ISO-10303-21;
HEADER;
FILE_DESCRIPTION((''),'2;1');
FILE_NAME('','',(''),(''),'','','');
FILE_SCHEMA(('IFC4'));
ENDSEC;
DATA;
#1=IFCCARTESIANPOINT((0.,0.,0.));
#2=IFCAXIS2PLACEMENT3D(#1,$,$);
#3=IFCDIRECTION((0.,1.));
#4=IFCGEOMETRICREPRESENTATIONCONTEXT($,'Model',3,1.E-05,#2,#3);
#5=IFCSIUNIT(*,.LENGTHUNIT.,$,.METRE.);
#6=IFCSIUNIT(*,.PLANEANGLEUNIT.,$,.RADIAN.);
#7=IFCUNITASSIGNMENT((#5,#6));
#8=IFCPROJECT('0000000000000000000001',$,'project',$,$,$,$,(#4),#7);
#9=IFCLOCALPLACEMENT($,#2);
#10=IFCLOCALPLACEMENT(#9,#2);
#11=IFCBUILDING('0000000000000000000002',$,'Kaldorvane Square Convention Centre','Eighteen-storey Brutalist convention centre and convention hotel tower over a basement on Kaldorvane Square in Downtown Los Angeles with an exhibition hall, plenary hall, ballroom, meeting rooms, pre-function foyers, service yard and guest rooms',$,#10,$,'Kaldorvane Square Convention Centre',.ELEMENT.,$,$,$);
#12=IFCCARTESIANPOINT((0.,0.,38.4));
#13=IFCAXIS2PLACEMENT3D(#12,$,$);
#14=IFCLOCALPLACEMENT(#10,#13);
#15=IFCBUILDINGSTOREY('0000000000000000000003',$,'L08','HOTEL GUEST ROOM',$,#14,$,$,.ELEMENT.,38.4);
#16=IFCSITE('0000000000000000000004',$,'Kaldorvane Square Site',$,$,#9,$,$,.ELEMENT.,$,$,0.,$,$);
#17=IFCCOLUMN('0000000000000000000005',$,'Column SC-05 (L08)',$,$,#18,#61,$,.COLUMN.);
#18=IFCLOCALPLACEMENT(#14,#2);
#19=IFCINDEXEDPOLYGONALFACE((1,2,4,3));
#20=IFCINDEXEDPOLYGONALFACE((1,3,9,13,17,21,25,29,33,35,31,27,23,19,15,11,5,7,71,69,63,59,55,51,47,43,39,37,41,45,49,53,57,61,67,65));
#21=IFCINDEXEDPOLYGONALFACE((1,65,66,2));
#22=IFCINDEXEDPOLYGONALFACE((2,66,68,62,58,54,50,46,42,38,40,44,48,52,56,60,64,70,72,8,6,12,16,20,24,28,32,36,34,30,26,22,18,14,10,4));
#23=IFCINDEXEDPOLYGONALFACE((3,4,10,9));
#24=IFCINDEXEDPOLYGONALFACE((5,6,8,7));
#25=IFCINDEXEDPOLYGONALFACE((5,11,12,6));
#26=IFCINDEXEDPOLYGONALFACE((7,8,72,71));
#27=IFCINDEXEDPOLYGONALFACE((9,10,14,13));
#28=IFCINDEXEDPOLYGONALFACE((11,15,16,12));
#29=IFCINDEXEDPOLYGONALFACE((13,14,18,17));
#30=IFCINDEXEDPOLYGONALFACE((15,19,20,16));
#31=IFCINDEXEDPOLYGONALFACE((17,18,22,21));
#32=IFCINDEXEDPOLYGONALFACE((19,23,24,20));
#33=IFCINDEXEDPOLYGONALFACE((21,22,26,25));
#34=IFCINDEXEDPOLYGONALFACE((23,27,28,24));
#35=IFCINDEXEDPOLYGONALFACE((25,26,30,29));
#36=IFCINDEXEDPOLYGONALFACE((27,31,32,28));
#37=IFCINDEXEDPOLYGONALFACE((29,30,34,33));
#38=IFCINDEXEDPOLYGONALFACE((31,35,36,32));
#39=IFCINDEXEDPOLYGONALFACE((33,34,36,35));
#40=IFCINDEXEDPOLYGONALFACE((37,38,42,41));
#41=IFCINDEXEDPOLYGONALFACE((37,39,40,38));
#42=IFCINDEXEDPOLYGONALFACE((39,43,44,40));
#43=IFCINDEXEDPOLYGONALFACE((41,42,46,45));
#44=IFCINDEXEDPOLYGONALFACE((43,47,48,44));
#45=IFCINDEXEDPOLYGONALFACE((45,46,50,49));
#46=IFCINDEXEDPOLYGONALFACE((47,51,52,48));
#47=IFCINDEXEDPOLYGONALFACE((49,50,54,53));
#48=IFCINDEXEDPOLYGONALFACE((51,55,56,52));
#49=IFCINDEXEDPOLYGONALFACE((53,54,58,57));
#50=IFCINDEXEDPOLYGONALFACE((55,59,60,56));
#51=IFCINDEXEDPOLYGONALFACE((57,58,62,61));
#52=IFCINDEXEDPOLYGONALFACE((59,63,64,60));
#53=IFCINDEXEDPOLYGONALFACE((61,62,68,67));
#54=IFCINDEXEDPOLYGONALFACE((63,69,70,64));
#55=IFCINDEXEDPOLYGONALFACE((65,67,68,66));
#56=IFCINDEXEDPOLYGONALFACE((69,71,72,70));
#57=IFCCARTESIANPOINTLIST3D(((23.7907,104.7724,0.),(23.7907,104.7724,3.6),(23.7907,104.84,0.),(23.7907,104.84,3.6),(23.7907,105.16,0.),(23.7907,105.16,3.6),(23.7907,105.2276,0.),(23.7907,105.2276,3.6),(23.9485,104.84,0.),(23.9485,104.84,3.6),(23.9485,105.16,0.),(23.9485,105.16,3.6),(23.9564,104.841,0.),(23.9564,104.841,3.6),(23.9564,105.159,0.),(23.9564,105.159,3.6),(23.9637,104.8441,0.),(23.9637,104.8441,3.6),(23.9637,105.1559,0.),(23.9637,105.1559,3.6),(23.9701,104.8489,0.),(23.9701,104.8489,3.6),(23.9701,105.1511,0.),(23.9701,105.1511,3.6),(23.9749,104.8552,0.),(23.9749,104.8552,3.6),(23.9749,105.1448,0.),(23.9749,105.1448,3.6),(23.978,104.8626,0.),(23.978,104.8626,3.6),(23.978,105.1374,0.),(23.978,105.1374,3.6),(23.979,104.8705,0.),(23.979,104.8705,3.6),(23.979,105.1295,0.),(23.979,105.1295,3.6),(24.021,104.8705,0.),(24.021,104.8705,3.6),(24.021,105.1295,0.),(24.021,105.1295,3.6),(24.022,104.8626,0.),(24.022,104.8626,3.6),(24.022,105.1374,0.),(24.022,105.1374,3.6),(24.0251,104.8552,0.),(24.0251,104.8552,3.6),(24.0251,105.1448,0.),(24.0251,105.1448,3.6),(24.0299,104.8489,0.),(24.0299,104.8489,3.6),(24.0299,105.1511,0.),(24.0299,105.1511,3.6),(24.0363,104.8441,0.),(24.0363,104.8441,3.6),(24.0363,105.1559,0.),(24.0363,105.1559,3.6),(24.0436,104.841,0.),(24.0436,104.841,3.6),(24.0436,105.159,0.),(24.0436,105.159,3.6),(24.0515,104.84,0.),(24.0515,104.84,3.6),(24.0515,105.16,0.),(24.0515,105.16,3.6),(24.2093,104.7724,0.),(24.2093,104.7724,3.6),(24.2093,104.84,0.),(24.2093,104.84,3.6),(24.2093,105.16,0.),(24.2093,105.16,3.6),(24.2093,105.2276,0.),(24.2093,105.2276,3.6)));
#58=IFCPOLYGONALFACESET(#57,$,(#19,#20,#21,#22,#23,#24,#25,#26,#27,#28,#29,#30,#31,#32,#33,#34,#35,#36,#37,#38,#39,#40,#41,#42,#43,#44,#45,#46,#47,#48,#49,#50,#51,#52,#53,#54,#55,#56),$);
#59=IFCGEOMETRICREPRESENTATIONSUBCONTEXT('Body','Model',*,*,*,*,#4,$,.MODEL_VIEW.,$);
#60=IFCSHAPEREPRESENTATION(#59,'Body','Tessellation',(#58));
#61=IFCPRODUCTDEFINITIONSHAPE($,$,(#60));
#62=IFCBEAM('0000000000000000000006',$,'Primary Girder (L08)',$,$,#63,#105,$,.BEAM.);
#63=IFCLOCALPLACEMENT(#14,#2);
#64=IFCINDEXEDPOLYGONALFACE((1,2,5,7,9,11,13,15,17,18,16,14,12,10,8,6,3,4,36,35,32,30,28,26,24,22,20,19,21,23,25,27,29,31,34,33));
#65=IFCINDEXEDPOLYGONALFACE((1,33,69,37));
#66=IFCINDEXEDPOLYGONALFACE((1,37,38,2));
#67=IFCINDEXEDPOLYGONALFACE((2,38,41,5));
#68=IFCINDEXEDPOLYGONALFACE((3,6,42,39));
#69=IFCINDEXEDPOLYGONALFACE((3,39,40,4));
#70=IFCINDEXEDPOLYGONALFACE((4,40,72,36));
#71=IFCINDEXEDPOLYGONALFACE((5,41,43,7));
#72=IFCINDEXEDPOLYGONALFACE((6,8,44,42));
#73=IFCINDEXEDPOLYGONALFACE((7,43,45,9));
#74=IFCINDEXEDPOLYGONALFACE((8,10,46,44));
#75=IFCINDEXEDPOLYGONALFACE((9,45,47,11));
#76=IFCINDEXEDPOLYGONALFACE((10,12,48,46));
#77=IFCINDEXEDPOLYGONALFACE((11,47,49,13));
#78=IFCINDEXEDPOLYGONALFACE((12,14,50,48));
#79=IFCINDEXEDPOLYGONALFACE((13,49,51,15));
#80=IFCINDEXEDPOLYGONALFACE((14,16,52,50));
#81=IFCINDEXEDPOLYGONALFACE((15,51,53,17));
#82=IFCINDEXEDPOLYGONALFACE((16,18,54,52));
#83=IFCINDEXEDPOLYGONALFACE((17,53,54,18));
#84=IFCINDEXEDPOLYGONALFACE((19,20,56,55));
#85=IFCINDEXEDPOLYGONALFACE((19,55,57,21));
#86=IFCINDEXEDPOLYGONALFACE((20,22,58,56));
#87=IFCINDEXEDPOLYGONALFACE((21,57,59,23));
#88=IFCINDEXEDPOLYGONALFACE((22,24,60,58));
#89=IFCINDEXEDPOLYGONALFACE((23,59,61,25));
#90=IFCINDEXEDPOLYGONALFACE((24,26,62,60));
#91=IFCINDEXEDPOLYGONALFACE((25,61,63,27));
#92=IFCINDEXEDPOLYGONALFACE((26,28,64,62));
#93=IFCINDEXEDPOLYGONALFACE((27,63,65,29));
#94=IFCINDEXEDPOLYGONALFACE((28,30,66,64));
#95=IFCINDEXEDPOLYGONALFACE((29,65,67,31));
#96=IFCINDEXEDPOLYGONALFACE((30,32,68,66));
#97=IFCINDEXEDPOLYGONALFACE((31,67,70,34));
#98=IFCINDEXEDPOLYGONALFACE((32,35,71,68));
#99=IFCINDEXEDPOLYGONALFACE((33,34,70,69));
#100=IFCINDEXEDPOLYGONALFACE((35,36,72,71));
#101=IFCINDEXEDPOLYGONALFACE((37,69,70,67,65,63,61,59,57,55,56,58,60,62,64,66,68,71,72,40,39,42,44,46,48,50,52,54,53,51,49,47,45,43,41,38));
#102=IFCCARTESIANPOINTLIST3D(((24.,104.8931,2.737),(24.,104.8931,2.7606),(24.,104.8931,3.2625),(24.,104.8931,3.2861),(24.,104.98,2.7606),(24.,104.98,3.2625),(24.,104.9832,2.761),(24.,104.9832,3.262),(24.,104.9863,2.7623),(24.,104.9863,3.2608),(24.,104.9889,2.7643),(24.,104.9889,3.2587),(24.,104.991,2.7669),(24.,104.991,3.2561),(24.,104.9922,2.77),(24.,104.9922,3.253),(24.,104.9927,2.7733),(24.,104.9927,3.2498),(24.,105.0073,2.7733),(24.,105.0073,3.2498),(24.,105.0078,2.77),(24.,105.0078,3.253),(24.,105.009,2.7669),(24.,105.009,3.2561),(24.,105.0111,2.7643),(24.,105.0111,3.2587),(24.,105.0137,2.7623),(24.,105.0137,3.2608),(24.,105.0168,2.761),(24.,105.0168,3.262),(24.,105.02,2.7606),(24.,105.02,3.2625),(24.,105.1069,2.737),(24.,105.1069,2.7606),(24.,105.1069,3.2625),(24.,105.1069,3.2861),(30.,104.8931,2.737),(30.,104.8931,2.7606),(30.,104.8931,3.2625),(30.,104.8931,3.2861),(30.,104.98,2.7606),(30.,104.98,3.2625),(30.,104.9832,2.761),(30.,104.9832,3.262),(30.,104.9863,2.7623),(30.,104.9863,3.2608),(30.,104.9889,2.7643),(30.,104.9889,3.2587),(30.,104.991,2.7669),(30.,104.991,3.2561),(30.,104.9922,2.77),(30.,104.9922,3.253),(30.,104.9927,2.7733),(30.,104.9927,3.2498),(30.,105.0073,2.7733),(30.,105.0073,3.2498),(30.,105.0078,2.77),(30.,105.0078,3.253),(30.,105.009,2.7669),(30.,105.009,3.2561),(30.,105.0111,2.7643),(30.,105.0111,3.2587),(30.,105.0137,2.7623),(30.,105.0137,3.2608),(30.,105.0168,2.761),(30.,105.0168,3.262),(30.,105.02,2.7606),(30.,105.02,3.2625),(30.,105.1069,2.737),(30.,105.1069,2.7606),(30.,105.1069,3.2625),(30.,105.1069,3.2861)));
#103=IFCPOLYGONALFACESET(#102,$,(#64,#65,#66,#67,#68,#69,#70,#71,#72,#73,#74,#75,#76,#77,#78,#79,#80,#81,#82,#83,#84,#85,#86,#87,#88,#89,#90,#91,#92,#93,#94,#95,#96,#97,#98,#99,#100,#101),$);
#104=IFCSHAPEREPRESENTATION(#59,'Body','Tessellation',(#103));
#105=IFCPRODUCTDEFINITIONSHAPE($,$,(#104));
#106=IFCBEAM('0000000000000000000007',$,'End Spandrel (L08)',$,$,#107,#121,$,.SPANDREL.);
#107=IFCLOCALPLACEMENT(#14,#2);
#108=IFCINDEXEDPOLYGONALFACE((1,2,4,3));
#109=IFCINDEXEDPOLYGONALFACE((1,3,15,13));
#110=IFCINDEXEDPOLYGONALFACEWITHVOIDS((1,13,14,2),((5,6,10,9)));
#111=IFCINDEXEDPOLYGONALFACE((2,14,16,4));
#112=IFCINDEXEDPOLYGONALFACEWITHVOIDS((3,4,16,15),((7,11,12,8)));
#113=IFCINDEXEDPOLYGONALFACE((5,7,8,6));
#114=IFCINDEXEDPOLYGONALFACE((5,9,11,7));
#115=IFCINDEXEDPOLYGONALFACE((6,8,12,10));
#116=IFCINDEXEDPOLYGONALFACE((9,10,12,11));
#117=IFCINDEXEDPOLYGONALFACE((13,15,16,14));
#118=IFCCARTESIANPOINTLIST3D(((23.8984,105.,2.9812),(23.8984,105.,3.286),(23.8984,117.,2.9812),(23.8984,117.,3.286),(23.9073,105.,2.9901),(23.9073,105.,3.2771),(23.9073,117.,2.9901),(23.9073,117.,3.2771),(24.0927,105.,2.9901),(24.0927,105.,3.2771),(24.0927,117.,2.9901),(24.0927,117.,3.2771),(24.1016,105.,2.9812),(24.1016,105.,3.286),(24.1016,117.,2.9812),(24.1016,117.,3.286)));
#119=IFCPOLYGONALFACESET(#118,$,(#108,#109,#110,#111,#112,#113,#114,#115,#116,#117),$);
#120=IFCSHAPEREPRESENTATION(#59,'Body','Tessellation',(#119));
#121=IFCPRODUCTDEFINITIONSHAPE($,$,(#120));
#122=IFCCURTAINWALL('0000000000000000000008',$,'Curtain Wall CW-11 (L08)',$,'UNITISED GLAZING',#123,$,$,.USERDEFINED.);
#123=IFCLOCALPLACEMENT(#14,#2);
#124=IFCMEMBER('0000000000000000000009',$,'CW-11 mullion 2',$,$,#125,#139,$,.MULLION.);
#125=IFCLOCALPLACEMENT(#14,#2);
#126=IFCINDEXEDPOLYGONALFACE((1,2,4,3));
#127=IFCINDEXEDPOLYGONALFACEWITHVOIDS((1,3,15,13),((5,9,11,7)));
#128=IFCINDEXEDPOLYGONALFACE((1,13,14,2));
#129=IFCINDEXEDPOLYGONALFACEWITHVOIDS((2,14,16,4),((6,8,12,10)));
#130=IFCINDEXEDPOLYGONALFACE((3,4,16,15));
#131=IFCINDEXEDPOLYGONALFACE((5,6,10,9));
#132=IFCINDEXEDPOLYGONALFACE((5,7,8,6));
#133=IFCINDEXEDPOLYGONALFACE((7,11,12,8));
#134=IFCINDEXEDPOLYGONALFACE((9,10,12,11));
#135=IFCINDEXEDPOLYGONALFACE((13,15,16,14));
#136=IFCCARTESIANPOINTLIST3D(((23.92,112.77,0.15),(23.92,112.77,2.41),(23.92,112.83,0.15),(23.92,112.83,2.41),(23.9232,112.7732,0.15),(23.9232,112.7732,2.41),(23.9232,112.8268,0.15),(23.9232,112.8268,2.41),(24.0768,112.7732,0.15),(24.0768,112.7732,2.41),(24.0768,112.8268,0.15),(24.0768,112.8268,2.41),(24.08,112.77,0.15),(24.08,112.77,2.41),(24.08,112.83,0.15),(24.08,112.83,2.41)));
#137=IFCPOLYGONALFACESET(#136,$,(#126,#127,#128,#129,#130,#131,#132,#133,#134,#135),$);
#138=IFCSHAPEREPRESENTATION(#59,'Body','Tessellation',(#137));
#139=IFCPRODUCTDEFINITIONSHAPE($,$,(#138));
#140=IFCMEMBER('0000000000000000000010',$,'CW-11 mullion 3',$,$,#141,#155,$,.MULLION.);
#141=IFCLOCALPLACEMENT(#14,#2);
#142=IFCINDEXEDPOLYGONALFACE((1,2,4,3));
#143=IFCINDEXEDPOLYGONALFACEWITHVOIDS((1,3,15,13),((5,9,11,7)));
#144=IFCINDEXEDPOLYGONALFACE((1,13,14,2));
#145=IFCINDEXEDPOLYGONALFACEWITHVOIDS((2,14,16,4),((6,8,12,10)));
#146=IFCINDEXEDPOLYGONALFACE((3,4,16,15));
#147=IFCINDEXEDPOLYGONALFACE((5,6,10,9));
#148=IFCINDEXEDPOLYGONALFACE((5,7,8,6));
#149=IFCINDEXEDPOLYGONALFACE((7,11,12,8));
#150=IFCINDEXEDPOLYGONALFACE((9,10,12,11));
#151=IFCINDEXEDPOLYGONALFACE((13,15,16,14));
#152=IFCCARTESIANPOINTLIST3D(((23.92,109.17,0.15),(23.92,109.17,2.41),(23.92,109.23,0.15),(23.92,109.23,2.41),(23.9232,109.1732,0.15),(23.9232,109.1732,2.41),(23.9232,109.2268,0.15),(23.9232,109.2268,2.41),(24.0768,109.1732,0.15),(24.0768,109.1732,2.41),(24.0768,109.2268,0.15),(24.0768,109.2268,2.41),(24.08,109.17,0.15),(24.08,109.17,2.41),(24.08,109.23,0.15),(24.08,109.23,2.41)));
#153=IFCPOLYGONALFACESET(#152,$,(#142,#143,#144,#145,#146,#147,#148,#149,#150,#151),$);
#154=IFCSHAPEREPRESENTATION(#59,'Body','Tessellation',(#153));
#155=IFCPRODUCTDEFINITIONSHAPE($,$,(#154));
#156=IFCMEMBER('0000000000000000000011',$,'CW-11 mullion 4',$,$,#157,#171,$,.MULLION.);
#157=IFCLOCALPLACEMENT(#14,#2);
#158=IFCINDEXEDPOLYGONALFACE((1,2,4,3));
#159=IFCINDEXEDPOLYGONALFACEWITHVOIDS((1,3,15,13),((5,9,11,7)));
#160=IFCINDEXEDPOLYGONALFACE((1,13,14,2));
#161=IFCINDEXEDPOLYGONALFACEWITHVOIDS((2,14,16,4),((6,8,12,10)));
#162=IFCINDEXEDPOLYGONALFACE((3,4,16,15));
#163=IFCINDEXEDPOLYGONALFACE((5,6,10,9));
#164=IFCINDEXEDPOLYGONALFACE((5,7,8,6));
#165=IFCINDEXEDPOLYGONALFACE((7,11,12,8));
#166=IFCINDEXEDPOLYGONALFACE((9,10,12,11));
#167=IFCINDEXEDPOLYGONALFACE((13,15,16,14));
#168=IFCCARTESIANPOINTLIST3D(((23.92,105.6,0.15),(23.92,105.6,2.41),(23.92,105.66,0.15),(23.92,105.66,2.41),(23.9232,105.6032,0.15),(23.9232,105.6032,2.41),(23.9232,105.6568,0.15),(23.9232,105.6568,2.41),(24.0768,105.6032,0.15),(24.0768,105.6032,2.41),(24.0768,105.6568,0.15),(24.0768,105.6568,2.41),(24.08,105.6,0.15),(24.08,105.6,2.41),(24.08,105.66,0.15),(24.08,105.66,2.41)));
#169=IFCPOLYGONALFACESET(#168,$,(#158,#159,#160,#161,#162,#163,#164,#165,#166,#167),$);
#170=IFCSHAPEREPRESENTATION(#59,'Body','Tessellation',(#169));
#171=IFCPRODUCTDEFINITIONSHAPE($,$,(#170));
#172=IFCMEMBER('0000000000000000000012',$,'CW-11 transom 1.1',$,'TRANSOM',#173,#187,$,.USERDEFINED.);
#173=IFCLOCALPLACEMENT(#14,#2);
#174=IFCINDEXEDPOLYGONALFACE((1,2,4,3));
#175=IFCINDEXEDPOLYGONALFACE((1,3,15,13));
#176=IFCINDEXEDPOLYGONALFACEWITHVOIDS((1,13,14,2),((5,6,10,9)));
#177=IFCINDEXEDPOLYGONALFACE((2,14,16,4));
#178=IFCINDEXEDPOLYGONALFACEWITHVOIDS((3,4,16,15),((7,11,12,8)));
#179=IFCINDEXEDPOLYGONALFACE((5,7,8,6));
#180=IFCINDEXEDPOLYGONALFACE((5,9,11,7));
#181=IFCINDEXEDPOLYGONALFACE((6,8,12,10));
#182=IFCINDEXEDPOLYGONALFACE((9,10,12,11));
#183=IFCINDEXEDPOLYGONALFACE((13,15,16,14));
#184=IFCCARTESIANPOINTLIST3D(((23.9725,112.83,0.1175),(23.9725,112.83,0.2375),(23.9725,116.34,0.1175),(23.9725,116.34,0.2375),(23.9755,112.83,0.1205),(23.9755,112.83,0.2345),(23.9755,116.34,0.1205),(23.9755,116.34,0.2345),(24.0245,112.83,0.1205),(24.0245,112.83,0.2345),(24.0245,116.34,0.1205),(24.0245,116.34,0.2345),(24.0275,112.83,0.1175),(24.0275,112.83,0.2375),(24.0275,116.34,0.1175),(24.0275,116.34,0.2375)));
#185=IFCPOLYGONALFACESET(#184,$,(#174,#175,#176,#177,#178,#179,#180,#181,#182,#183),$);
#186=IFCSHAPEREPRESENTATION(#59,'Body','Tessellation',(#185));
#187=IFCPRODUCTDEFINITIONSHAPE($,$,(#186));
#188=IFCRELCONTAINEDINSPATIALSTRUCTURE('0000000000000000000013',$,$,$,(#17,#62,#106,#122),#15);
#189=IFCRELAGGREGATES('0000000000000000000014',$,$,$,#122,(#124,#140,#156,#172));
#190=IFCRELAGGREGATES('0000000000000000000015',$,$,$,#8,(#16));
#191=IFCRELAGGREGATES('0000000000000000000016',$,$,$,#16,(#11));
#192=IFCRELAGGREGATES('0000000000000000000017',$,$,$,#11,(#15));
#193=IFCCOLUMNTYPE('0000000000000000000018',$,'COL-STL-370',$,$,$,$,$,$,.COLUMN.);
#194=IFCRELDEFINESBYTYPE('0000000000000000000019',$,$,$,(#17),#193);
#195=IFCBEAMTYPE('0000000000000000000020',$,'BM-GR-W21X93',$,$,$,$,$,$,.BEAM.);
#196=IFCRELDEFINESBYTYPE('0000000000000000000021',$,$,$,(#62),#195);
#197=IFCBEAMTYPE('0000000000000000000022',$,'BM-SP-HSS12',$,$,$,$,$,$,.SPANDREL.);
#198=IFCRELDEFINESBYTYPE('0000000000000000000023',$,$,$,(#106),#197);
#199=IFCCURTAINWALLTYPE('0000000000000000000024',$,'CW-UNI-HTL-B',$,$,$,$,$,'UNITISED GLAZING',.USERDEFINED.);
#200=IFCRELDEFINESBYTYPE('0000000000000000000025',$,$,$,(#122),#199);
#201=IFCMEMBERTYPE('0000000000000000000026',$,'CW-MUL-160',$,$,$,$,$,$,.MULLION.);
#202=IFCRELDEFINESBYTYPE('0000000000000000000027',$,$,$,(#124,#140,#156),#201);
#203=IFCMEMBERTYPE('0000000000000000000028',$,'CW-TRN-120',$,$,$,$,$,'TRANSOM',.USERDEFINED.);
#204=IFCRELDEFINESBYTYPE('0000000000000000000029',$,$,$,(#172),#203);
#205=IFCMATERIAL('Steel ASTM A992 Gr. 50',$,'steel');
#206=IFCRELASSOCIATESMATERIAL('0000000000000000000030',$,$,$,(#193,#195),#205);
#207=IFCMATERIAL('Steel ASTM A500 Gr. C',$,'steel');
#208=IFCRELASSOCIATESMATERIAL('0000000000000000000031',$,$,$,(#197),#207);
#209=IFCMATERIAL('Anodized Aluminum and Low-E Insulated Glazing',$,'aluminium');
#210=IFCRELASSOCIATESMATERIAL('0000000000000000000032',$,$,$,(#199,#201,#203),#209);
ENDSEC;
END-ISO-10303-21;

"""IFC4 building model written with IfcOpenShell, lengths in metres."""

from ifc_helpers import new_model, si_unit, direction, frame, origin, origin_2d, place, context, subcontext, project, spatial, hollow_rectangle, i_section, extrude, material, material_profile, profile_set, type_object, element, aggregate, save


model = new_model("IFC4")

# Units and contexts
model_context = context("Model", 3, precision=1e-05, world=origin(), true_north=direction((0.0, 1.0)))
body_context = subcontext(model_context, "Body", "Model", "MODEL_VIEW")
ifc_project = project(units=[si_unit("LENGTHUNIT", "METRE"), si_unit("PLANEANGLEUNIT", "RADIAN")], contexts=[model_context])

# Site, building, storey
site_placement = place(None, origin())
site = spatial("IfcSite", under=ifc_project, at=site_placement, Name="Kaldorvane Square Site", CompositionType="ELEMENT", RefElevation=0.0)
building_placement = place(site_placement, origin())
building = spatial("IfcBuilding", under=site, at=building_placement, Name="Kaldorvane Square Convention Centre", Description="Eighteen-storey Brutalist convention centre and convention hotel tower over a basement on Kaldorvane Square in Downtown Los Angeles with an exhibition hall, plenary hall, ballroom, meeting rooms, pre-function foyers, service yard and guest rooms", LongName="Kaldorvane Square Convention Centre", CompositionType="ELEMENT")
storey_placement = place(building_placement, frame((0.0, 0.0, 38.4)))
storey = spatial("IfcBuildingStorey", under=building, at=storey_placement, Name="L08", Description="HOTEL GUEST ROOM", CompositionType="ELEMENT", Elevation=38.4)

# Column
ifc_material_1 = material(Name="Steel ASTM A992 Gr. 50", Category="steel")
ifc_material_profile_1 = material_profile(ifc_material_1, i_section(OverallWidth=0.4185, OverallDepth=0.4552, WebThickness=0.042, FlangeThickness=0.0676, FilletRadius=0.0305, at=origin_2d()), Name="W14X370")
ifc_profile_set_1 = profile_set([ifc_material_profile_1], Name="Steel ASTM A992 Gr. 50")
column_type = type_object("IfcColumnType", Name="COL-STL-370", PredefinedType="COLUMN", material=ifc_profile_set_1)
column_placement = place(storey_placement, frame((24.0, 105.0, 0.0), z_axis=(0.0, 0.0, 1.0), x_axis=(1.0, 0.0, 0.0)))
element("IfcColumn", 1, at=column_placement, inside=storey, type_object=column_type, Name="Column SC-05 (L08)", PredefinedType="COLUMN", context=body_context, shape_type="SweptSolid", body=[
    extrude(i_section(OverallWidth=0.4185, OverallDepth=0.4552, WebThickness=0.042, FlangeThickness=0.0676, FilletRadius=0.0305, at=origin_2d()), origin(), (0.0, 0.0, 1.0), 3.6),
])

# Beams
ifc_material_profile_2 = material_profile(ifc_material_1, i_section(OverallWidth=0.2139, OverallDepth=0.5491, WebThickness=0.0147, FlangeThickness=0.0236, FilletRadius=0.0127, at=origin_2d()), Name="W21X93")
ifc_profile_set_2 = profile_set([ifc_material_profile_2], Name="Steel ASTM A992 Gr. 50")
beam_type_1 = type_object("IfcBeamType", Name="BM-GR-W21X93", PredefinedType="BEAM", material=ifc_profile_set_2)
beam_1_placement = place(storey_placement, frame((24.0, 105.0, 3.0115), z_axis=(1.0, 0.0, 0.0), x_axis=(0.0, 1.0, 0.0)))
element("IfcBeam", 2, at=beam_1_placement, inside=storey, type_object=beam_type_1, Name="Primary Girder (L08)", PredefinedType="BEAM", context=body_context, shape_type="SweptSolid", body=[
    extrude(i_section(OverallWidth=0.2139, OverallDepth=0.5491, WebThickness=0.0147, FlangeThickness=0.0236, FilletRadius=0.0127, at=origin_2d()), origin(), (0.0, 0.0, 1.0), 6.0),
])
ifc_material_2 = material(Name="Steel ASTM A500 Gr. C", Category="steel")
ifc_material_profile_3 = material_profile(ifc_material_2, hollow_rectangle(XDim=0.2032, YDim=0.3048, WallThickness=0.0089, at=origin_2d()), Name="HSS12X8X3/8")
ifc_profile_set_3 = profile_set([ifc_material_profile_3], Name="Steel ASTM A500 Gr. C")
beam_type_2 = type_object("IfcBeamType", Name="BM-SP-HSS12", PredefinedType="SPANDREL", material=ifc_profile_set_3)
beam_2_placement = place(storey_placement, frame((24.0, 105.0, 3.1336), z_axis=(0.0, 1.0, 0.0), x_axis=(-1.0, 0.0, 0.0)))
element("IfcBeam", 3, at=beam_2_placement, inside=storey, type_object=beam_type_2, Name="End Spandrel (L08)", PredefinedType="SPANDREL", context=body_context, shape_type="SweptSolid", body=[
    extrude(hollow_rectangle(XDim=0.2032, YDim=0.3048, WallThickness=0.0089, at=origin_2d()), origin(), (0.0, 0.0, 1.0), 12.0),
])

# Curtain wall, members
ifc_material_3 = material(Name="Anodized Aluminum and Low-E Insulated Glazing", Category="aluminium")
curtain_wall_type = type_object("IfcCurtainWallType", Name="CW-UNI-HTL-B", ElementType="UNITISED GLAZING", PredefinedType="USERDEFINED", material=ifc_material_3)
curtain_wall_placement = place(storey_placement, origin())
curtain_wall = element("IfcCurtainWall", 4, at=curtain_wall_placement, inside=storey, type_object=curtain_wall_type, Name="Curtain Wall CW-11 (L08)", ObjectType="UNITISED GLAZING", PredefinedType="USERDEFINED")
ifc_material_profile_4 = material_profile(ifc_material_3, hollow_rectangle(XDim=0.06, YDim=0.16, WallThickness=0.0032, at=origin_2d()), Name="CWM-160X60")
ifc_profile_set_4 = profile_set([ifc_material_profile_4], Name="Anodized Aluminum and Low-E Insulated Glazing")
member_type_1 = type_object("IfcMemberType", Name="CW-MUL-160", PredefinedType="MULLION", material=ifc_profile_set_4)
member_1_placement = place(storey_placement, frame((24.0, 112.8, 0.15), z_axis=(0.0, 0.0, 1.0), x_axis=(0.0, -1.0, 0.0)))
member_1 = element("IfcMember", 5, at=member_1_placement, type_object=member_type_1, Name="CW-11 mullion 2", PredefinedType="MULLION", context=body_context, shape_type="SweptSolid", body=[
    extrude(hollow_rectangle(XDim=0.06, YDim=0.16, WallThickness=0.0032, at=origin_2d()), origin(), (0.0, 0.0, 1.0), 2.26),
])
member_2_placement = place(storey_placement, frame((24.0, 109.2, 0.15), z_axis=(0.0, 0.0, 1.0), x_axis=(0.0, -1.0, 0.0)))
member_2 = element("IfcMember", 6, at=member_2_placement, type_object=member_type_1, Name="CW-11 mullion 3", PredefinedType="MULLION", context=body_context, shape_type="SweptSolid", body=[
    extrude(hollow_rectangle(XDim=0.06, YDim=0.16, WallThickness=0.0032, at=origin_2d()), origin(), (0.0, 0.0, 1.0), 2.26),
])
member_3_placement = place(storey_placement, frame((24.0, 105.63, 0.15), z_axis=(0.0, 0.0, 1.0), x_axis=(0.0, -1.0, 0.0)))
member_3 = element("IfcMember", 7, at=member_3_placement, type_object=member_type_1, Name="CW-11 mullion 4", PredefinedType="MULLION", context=body_context, shape_type="SweptSolid", body=[
    extrude(hollow_rectangle(XDim=0.06, YDim=0.16, WallThickness=0.0032, at=origin_2d()), origin(), (0.0, 0.0, 1.0), 2.26),
])
ifc_material_profile_5 = material_profile(ifc_material_3, hollow_rectangle(XDim=0.055, YDim=0.12, WallThickness=0.003, at=origin_2d()), Name="CWT-120X55")
ifc_profile_set_5 = profile_set([ifc_material_profile_5], Name="Anodized Aluminum and Low-E Insulated Glazing")
member_type_2 = type_object("IfcMemberType", Name="CW-TRN-120", ElementType="TRANSOM", PredefinedType="USERDEFINED", material=ifc_profile_set_5)
member_4_placement = place(storey_placement, frame((24.0, 116.34, 0.1775), z_axis=(0.0, -1.0, 0.0), x_axis=(1.0, 0.0, 0.0)))
member_4 = element("IfcMember", 8, at=member_4_placement, type_object=member_type_2, Name="CW-11 transom 1.1", ObjectType="TRANSOM", PredefinedType="USERDEFINED", context=body_context, shape_type="SweptSolid", body=[
    extrude(hollow_rectangle(XDim=0.055, YDim=0.12, WallThickness=0.003, at=origin_2d()), origin(), (0.0, 0.0, 1.0), 3.51),
])
aggregate(curtain_wall, [member_1, member_2, member_3, member_4])

save(model, "model.ifc")
